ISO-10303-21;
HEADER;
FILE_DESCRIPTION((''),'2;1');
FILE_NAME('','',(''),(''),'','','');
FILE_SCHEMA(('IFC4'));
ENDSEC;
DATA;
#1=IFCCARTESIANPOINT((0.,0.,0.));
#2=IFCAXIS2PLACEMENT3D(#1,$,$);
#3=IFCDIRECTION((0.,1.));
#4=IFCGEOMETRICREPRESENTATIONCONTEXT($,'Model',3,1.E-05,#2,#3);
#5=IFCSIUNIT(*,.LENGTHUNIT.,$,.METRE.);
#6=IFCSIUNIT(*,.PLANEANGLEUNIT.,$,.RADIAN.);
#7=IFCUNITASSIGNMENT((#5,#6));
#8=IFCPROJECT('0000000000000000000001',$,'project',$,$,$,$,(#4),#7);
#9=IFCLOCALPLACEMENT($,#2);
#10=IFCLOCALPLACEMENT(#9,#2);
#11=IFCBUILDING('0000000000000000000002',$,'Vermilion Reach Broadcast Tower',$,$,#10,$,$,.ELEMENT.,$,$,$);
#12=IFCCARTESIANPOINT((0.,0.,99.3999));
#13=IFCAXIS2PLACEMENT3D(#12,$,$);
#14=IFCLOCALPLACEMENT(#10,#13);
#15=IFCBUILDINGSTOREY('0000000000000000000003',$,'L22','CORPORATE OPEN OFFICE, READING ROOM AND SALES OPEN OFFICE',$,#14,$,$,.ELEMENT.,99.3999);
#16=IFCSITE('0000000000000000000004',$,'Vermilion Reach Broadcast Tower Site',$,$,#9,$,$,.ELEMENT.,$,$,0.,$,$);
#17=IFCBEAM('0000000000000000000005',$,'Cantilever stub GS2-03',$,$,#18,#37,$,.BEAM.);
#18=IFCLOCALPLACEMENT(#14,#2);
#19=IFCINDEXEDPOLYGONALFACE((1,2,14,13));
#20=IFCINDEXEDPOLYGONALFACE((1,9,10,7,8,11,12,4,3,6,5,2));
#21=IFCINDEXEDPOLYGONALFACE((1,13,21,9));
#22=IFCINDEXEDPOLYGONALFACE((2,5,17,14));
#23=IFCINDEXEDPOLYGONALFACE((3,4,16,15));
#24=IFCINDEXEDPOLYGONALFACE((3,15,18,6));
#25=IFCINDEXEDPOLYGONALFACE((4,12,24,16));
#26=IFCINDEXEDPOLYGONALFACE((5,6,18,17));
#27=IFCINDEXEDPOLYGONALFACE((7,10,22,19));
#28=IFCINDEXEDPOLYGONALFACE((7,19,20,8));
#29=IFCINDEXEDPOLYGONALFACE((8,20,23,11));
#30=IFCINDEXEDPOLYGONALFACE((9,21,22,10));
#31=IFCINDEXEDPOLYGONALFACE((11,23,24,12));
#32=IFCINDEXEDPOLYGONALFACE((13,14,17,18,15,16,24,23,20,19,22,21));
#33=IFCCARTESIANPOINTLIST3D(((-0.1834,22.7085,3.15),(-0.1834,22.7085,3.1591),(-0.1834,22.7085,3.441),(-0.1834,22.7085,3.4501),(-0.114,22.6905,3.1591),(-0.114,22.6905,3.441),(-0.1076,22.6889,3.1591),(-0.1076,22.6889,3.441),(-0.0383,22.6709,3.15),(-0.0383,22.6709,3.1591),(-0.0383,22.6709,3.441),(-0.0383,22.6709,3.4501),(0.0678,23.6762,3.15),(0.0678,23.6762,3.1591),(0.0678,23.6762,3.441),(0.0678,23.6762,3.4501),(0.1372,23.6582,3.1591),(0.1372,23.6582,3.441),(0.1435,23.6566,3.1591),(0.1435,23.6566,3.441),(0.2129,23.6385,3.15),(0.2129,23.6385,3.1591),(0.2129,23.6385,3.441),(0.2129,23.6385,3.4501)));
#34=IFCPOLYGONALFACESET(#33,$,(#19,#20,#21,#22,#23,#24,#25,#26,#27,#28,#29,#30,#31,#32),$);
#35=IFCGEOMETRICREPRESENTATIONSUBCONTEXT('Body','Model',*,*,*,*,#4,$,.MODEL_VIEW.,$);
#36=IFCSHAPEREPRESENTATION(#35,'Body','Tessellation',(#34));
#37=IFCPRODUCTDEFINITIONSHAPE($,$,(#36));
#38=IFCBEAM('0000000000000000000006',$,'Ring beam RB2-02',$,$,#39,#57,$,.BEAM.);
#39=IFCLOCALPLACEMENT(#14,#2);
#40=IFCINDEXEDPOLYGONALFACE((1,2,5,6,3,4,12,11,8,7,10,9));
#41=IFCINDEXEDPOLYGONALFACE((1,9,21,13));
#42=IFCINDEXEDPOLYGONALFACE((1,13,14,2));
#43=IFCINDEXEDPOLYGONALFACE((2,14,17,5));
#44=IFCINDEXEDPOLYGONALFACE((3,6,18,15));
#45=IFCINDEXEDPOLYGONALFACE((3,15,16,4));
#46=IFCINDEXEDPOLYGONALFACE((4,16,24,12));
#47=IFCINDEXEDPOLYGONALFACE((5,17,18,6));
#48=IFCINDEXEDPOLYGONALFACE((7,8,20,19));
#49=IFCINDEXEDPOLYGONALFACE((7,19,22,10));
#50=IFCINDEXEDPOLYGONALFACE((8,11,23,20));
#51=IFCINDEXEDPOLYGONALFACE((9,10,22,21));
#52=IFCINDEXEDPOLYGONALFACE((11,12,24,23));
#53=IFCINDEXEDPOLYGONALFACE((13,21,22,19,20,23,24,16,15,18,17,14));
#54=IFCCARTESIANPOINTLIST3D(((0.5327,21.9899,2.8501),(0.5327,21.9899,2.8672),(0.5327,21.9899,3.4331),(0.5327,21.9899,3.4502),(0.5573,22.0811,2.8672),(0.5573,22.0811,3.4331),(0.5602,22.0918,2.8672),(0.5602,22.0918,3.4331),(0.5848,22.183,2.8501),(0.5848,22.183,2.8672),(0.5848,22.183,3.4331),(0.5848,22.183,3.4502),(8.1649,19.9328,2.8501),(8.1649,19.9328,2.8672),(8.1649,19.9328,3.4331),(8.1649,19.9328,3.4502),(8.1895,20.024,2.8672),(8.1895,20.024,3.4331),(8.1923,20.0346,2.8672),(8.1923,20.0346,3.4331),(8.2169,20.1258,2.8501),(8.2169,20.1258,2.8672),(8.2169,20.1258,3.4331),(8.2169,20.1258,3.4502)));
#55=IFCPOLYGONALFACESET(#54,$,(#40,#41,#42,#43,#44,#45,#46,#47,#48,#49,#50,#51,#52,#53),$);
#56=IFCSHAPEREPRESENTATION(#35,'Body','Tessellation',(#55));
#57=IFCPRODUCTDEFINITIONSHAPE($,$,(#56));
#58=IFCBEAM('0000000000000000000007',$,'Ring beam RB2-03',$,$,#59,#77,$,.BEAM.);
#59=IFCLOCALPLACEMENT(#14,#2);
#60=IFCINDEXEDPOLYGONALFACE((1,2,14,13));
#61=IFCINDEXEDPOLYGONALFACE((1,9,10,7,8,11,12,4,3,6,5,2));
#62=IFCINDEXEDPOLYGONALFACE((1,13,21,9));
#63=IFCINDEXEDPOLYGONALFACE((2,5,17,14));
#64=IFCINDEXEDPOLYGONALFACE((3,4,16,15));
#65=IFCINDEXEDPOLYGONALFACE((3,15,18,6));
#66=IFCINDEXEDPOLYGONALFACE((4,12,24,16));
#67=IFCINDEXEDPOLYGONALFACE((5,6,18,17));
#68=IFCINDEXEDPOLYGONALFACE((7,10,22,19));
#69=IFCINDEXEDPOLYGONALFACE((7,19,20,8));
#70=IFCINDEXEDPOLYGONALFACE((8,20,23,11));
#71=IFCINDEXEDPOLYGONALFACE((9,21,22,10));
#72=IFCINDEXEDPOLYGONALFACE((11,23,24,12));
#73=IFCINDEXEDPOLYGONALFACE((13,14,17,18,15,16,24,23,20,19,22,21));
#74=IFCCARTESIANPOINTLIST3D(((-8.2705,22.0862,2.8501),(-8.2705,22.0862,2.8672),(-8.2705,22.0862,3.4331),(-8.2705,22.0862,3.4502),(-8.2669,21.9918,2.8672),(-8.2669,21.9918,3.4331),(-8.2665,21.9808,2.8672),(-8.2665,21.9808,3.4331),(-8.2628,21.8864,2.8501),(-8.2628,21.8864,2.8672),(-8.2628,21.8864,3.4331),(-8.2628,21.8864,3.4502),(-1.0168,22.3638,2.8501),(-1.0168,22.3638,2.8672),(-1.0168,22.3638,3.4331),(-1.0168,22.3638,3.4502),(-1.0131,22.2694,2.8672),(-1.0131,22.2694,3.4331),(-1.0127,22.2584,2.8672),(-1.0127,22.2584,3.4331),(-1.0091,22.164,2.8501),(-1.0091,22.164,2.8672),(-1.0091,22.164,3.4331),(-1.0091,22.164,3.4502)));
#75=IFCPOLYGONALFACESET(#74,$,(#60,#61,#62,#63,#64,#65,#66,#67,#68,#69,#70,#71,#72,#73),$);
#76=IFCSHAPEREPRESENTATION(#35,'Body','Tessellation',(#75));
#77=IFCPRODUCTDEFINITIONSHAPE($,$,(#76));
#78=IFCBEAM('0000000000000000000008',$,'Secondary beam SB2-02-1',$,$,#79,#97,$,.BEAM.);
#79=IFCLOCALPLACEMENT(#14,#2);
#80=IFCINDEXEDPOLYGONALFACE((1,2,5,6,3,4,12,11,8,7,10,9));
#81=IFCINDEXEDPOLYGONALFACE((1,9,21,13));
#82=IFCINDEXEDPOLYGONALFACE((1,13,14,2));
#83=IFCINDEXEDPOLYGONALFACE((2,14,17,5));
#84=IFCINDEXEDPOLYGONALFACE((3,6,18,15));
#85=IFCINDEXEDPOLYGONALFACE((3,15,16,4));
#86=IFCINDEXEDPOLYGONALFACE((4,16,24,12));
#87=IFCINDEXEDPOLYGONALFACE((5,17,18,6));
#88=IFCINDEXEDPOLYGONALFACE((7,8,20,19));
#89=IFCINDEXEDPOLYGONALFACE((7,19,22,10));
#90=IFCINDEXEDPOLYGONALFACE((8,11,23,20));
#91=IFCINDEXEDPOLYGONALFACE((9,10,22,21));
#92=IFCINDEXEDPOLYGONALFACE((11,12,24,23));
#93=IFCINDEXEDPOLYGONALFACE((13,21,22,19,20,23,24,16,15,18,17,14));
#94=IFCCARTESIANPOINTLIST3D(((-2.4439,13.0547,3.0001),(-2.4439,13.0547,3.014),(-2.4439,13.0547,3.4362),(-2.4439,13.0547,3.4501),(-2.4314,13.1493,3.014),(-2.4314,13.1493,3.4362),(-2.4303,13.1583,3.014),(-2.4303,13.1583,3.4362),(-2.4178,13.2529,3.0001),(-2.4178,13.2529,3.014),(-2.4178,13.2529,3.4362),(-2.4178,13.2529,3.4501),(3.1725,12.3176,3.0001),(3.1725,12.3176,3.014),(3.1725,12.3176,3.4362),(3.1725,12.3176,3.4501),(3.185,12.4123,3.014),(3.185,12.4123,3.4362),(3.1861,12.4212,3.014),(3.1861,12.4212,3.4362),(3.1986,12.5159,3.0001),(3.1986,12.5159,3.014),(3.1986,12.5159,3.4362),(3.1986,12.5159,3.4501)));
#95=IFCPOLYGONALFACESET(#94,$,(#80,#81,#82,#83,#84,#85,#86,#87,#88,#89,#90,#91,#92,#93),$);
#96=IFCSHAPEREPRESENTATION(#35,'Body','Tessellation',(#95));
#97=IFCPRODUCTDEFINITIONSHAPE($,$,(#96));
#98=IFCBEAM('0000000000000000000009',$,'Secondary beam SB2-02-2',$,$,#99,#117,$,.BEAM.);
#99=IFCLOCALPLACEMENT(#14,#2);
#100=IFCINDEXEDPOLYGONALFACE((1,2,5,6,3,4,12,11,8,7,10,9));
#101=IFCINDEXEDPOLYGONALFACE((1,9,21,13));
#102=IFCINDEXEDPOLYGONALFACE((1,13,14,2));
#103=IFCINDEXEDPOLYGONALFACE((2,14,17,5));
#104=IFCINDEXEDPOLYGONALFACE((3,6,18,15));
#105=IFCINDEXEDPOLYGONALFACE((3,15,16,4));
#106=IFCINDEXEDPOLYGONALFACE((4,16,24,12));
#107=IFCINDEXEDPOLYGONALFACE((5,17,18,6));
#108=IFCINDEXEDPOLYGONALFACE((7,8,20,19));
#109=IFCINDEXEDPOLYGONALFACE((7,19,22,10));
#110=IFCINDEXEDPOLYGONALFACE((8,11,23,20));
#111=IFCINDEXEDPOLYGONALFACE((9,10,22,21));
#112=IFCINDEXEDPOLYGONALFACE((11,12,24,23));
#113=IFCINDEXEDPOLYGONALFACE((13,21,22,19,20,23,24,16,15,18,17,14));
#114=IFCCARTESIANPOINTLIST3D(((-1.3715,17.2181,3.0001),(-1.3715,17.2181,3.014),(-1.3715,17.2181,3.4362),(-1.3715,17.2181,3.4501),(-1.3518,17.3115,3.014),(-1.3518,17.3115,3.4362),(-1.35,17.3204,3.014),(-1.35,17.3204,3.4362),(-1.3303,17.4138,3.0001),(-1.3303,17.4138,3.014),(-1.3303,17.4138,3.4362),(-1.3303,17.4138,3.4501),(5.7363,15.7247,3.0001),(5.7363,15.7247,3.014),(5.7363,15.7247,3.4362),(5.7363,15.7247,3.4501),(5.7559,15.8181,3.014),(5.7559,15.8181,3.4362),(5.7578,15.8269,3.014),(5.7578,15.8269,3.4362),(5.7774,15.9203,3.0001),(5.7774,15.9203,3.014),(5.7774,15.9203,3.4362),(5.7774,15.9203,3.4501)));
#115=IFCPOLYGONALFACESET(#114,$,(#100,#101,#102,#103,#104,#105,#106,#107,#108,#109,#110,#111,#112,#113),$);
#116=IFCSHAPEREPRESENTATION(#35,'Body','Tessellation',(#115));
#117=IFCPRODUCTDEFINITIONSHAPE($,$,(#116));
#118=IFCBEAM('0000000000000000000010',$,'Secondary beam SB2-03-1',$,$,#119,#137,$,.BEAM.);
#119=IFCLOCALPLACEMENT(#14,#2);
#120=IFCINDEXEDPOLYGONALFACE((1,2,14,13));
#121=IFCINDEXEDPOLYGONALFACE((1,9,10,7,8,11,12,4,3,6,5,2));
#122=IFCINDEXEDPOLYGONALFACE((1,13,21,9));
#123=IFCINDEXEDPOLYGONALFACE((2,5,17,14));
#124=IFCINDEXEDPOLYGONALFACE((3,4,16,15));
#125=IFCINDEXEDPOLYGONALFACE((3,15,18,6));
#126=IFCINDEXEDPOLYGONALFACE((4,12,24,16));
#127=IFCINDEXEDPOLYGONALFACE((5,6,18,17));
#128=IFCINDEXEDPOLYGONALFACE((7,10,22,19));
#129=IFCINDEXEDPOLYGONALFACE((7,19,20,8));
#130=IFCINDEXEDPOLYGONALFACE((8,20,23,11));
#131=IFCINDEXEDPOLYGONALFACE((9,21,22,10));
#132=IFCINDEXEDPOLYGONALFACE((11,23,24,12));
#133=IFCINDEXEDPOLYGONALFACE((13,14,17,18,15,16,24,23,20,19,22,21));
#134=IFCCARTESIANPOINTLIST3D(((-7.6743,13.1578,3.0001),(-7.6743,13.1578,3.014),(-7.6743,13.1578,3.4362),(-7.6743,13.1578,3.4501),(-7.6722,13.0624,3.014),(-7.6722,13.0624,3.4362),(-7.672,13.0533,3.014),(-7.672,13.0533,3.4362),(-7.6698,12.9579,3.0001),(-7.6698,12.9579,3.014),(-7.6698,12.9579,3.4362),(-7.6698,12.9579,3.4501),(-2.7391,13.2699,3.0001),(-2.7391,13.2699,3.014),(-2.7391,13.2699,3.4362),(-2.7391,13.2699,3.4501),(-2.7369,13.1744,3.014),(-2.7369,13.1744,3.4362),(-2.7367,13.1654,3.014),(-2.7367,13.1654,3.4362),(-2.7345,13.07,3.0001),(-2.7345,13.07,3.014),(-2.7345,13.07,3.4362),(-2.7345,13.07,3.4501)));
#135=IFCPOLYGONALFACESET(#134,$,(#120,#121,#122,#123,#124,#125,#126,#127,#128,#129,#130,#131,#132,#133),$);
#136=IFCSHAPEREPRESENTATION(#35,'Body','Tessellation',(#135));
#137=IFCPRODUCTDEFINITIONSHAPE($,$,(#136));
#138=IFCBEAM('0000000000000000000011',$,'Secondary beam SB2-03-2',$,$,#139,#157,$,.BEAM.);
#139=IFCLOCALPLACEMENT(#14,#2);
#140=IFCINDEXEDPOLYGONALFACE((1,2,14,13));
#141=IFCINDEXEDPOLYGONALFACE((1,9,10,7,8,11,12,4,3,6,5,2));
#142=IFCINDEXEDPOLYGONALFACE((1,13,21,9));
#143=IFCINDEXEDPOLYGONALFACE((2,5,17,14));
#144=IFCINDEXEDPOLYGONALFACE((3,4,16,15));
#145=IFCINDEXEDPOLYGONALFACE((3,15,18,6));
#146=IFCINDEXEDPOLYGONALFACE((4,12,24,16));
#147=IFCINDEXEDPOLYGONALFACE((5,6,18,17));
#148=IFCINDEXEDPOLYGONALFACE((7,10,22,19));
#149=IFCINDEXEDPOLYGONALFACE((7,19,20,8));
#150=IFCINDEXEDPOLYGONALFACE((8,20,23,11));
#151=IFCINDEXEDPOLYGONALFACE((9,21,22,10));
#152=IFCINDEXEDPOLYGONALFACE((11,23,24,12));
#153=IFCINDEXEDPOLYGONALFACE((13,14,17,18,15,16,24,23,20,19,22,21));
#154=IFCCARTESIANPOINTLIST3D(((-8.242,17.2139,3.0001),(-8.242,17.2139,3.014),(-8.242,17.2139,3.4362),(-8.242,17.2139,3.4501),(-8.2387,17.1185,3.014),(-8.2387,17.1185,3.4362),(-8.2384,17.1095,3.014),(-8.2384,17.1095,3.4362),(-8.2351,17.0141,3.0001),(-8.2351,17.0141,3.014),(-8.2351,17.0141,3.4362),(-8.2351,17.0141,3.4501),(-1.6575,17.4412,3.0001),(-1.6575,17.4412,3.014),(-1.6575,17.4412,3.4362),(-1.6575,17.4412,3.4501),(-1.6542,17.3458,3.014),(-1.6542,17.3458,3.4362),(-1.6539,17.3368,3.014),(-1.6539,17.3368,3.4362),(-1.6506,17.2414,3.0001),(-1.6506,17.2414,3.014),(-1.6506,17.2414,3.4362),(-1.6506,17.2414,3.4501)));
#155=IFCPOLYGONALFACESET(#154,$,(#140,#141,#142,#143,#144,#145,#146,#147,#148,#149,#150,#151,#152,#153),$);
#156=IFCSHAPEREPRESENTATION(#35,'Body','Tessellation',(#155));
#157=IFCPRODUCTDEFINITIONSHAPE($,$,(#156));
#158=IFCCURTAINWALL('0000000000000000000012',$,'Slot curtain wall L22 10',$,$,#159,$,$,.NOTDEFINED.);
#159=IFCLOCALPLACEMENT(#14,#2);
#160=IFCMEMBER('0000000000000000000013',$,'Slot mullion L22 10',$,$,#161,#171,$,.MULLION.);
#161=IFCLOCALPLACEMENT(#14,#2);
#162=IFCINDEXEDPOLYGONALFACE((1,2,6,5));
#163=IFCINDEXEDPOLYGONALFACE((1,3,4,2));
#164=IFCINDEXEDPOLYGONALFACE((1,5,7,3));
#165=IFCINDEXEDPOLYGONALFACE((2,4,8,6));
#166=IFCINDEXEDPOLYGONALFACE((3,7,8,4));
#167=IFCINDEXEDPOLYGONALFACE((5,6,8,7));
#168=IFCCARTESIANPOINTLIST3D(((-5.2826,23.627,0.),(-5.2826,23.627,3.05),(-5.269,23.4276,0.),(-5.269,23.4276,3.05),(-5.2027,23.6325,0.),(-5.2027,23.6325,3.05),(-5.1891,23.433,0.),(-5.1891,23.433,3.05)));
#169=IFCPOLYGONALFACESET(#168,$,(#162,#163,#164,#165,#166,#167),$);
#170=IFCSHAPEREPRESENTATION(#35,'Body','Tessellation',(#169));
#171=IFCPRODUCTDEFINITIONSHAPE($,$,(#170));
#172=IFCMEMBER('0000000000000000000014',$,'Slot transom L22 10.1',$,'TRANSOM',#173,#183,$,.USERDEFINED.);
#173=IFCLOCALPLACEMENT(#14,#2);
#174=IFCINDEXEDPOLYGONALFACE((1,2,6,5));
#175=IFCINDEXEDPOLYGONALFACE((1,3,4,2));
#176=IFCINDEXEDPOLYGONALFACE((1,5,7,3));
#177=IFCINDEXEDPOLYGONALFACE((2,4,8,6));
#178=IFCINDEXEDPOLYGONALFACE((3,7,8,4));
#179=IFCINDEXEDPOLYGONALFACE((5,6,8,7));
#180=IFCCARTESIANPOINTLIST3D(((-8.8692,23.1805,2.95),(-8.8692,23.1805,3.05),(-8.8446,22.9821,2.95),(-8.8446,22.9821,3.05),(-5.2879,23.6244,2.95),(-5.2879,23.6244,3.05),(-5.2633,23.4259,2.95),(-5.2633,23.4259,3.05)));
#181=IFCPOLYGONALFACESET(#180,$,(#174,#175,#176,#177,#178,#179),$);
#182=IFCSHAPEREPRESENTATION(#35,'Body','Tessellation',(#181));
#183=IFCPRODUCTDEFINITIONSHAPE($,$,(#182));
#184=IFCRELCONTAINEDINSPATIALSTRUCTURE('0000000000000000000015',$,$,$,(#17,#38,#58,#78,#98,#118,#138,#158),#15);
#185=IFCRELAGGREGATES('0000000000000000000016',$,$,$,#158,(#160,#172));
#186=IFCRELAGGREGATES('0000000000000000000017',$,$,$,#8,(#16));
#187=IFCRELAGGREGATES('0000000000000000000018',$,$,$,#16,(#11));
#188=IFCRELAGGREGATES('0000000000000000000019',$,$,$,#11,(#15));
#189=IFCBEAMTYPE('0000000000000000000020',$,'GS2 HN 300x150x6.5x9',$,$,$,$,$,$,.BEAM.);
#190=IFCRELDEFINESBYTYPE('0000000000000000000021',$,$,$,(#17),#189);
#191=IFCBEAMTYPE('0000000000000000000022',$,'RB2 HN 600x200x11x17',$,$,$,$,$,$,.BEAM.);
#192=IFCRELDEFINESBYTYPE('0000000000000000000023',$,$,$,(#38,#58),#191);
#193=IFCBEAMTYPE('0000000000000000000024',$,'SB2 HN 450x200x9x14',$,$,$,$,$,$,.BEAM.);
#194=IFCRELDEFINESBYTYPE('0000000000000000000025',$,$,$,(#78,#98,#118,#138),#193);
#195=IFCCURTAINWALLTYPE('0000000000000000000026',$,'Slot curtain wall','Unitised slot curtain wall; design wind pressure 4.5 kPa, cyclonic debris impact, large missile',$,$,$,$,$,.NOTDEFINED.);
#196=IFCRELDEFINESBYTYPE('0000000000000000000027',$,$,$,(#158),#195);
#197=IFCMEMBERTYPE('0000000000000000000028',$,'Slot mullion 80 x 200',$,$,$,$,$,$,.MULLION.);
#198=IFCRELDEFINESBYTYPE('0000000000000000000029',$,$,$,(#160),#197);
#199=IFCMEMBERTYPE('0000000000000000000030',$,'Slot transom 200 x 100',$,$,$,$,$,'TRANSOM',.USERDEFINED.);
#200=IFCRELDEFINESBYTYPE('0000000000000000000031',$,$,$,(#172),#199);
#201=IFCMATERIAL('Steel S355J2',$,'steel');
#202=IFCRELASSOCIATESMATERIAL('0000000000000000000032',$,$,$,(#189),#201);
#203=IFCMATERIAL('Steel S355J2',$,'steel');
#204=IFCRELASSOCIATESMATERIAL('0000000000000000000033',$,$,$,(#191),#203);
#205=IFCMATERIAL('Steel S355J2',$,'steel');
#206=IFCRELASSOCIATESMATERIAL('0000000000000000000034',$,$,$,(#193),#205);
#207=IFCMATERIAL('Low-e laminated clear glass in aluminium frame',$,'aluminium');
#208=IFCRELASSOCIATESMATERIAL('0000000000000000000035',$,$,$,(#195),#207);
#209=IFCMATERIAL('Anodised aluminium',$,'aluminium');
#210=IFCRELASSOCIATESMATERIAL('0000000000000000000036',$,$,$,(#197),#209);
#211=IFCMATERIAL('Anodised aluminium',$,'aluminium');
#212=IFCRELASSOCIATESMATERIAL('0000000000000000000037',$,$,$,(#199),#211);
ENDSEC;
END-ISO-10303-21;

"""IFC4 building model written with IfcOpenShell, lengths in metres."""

from ifc_helpers import new_model, si_unit, direction, frame, origin, origin_2d, place, context, subcontext, project, spatial, rectangle, i_section, extrude, material, material_profile, profile_set, type_object, element, aggregate, save


model = new_model("IFC4")

# Units and contexts
model_context = context("Model", 3, precision=1e-05, world=origin(), true_north=direction((0.0, 1.0)))
body_context = subcontext(model_context, "Body", "Model", "MODEL_VIEW")
ifc_project = project(units=[si_unit("LENGTHUNIT", "METRE"), si_unit("PLANEANGLEUNIT", "RADIAN")], contexts=[model_context])

# Site, building, storey
site_placement = place(None, origin())
site = spatial("IfcSite", under=ifc_project, at=site_placement, Name="Vermilion Reach Broadcast Tower Site", CompositionType="ELEMENT", RefElevation=0.0)
building_placement = place(site_placement, origin())
building = spatial("IfcBuilding", under=site, at=building_placement, Name="Vermilion Reach Broadcast Tower", CompositionType="ELEMENT")
storey_placement = place(building_placement, frame((0.0, 0.0, 99.3999)))
storey = spatial("IfcBuildingStorey", under=building, at=storey_placement, Name="L22", Description="CORPORATE OPEN OFFICE, READING ROOM AND SALES OPEN OFFICE", CompositionType="ELEMENT", Elevation=99.3999)

# Beams
ifc_material_1 = material(Name="Steel S355J2", Category="steel")
ifc_material_profile_1 = material_profile(ifc_material_1, i_section(OverallWidth=0.1499, OverallDepth=0.3, WebThickness=0.0066, FlangeThickness=0.009, at=origin_2d()), Name="S355J2 HN 300x150x6.5x9")
ifc_profile_set_1 = profile_set([ifc_material_profile_1], Name="Steel S355J2")
beam_type_1 = type_object("IfcBeamType", Name="GS2 HN 300x150x6.5x9", PredefinedType="BEAM", material=ifc_profile_set_1)
beam_1_placement = place(storey_placement, frame((-0.1108, 22.6897, 3.3), z_axis=(0.251259, 0.96792, 0.0), x_axis=(-0.96792, 0.251259, 0.0)))
element("IfcBeam", 1, at=beam_1_placement, inside=storey, type_object=beam_type_1, Name="Cantilever stub GS2-03", PredefinedType="BEAM", context=body_context, shape_type="SweptSolid", body=[
    extrude(i_section(OverallWidth=0.1499, OverallDepth=0.3, WebThickness=0.0066, FlangeThickness=0.009, at=origin_2d()), origin(), (0.0, 0.0, 1.0), 0.9998),
])
ifc_material_2 = material(Name="Steel S355J2", Category="steel")
ifc_material_profile_2 = material_profile(ifc_material_2, i_section(OverallWidth=0.2, OverallDepth=0.6001, WebThickness=0.011, FlangeThickness=0.0171, at=origin_2d()), Name="S355J2 HN 600x200x11x17")
ifc_profile_set_2 = profile_set([ifc_material_profile_2], Name="Steel S355J2")
beam_type_2 = type_object("IfcBeamType", Name="RB2 HN 600x200x11x17", PredefinedType="BEAM", material=ifc_profile_set_2)
beam_2_placement = place(storey_placement, frame((8.1909, 20.0293, 3.1501), z_axis=(-0.965541, 0.260249, 0.0), x_axis=(-0.260249, -0.965541, 0.0)))
element("IfcBeam", 2, at=beam_2_placement, inside=storey, type_object=beam_type_2, Name="Ring beam RB2-02", PredefinedType="BEAM", context=body_context, shape_type="SweptSolid", body=[
    extrude(i_section(OverallWidth=0.2, OverallDepth=0.6001, WebThickness=0.011, FlangeThickness=0.0171, at=origin_2d()), origin(), (0.0, 0.0, 1.0), 7.9045),
])
beam_3_placement = place(storey_placement, frame((-1.0129, 22.2639, 3.1501), z_axis=(-0.999269, -0.038241, 0.0), x_axis=(0.038241, -0.999269, 0.0)))
element("IfcBeam", 3, at=beam_3_placement, inside=storey, type_object=beam_type_2, Name="Ring beam RB2-03", PredefinedType="BEAM", context=body_context, shape_type="SweptSolid", body=[
    extrude(i_section(OverallWidth=0.2, OverallDepth=0.6001, WebThickness=0.011, FlangeThickness=0.0171, at=origin_2d()), origin(), (0.0, 0.0, 1.0), 7.259),
])
ifc_material_3 = material(Name="Steel S355J2", Category="steel")
ifc_material_profile_3 = material_profile(ifc_material_3, i_section(OverallWidth=0.2, OverallDepth=0.45, WebThickness=0.009, FlangeThickness=0.0139, at=origin_2d()), Name="S355J2 HN 450x200x9x14")
ifc_profile_set_3 = profile_set([ifc_material_profile_3], Name="Steel S355J2")
beam_type_3 = type_object("IfcBeamType", Name="SB2 HN 450x200x9x14", PredefinedType="BEAM", material=ifc_profile_set_3)
beam_4_placement = place(storey_placement, frame((3.1855, 12.4167, 3.2251), z_axis=(-0.991499, 0.130117, 0.0), x_axis=(-0.130117, -0.991499, 0.0)))
element("IfcBeam", 4, at=beam_4_placement, inside=storey, type_object=beam_type_3, Name="Secondary beam SB2-02-1", PredefinedType="BEAM", context=body_context, shape_type="SweptSolid", body=[
    extrude(i_section(OverallWidth=0.2, OverallDepth=0.45, WebThickness=0.009, FlangeThickness=0.0139, at=origin_2d()), origin(), (0.0, 0.0, 1.0), 5.6646),
])
beam_5_placement = place(storey_placement, frame((5.7568, 15.8225, 3.2251), z_axis=(-0.978631, 0.205623, 0.0), x_axis=(-0.205623, -0.978631, 0.0)))
element("IfcBeam", 5, at=beam_5_placement, inside=storey, type_object=beam_type_3, Name="Secondary beam SB2-02-2", PredefinedType="BEAM", context=body_context, shape_type="SweptSolid", body=[
    extrude(i_section(OverallWidth=0.2, OverallDepth=0.45, WebThickness=0.009, FlangeThickness=0.0139, at=origin_2d()), origin(), (0.0, 0.0, 1.0), 7.2629),
])
beam_6_placement = place(storey_placement, frame((-2.7368, 13.1699, 3.2251), z_axis=(-0.999742, -0.0227, 0.0), x_axis=(0.0227, -0.999742, 0.0)))
element("IfcBeam", 6, at=beam_6_placement, inside=storey, type_object=beam_type_3, Name="Secondary beam SB2-03-1", PredefinedType="BEAM", context=body_context, shape_type="SweptSolid", body=[
    extrude(i_section(OverallWidth=0.2, OverallDepth=0.45, WebThickness=0.009, FlangeThickness=0.0139, at=origin_2d()), origin(), (0.0, 0.0, 1.0), 4.9365),
])
beam_7_placement = place(storey_placement, frame((-1.6541, 17.3413, 3.2251), z_axis=(-0.999405, -0.034499, 0.0), x_axis=(0.034499, -0.999405, 0.0)))
element("IfcBeam", 7, at=beam_7_placement, inside=storey, type_object=beam_type_3, Name="Secondary beam SB2-03-2", PredefinedType="BEAM", context=body_context, shape_type="SweptSolid", body=[
    extrude(i_section(OverallWidth=0.2, OverallDepth=0.45, WebThickness=0.009, FlangeThickness=0.0139, at=origin_2d()), origin(), (0.0, 0.0, 1.0), 6.5884),
])

# Curtain wall, members
ifc_material_4 = material(Name="Low-e laminated clear glass in aluminium frame", Category="aluminium")
curtain_wall_type = type_object("IfcCurtainWallType", Name="Slot curtain wall", Description="Unitised slot curtain wall; design wind pressure 4.5 kPa, cyclonic debris impact, large missile", PredefinedType="NOTDEFINED", material=ifc_material_4)
curtain_wall_placement = place(storey_placement, origin())
curtain_wall = element("IfcCurtainWall", 8, at=curtain_wall_placement, inside=storey, type_object=curtain_wall_type, Name="Slot curtain wall L22 10", PredefinedType="NOTDEFINED")
ifc_material_5 = material(Name="Anodised aluminium", Category="aluminium")
ifc_material_profile_4 = material_profile(ifc_material_5, rectangle(XDim=0.2, YDim=0.0801, at=origin_2d()), Name="Slot mullion 80 x 200")
ifc_profile_set_4 = profile_set([ifc_material_profile_4], Name="Anodised aluminium")
member_type_1 = type_object("IfcMemberType", Name="Slot mullion 80 x 200", PredefinedType="MULLION", material=ifc_profile_set_4)
member_1_placement = place(storey_placement, frame((-5.2358, 23.53, 0.0), z_axis=(0.0, 0.0, 1.0), x_axis=(0.068346, -0.997662, 0.0)))
member_1 = element("IfcMember", 9, at=member_1_placement, type_object=member_type_1, Name="Slot mullion L22 10", PredefinedType="MULLION", context=body_context, shape_type="SweptSolid", body=[
    extrude(rectangle(XDim=0.2, YDim=0.0801, at=origin_2d()), origin(), (0.0, 0.0, 1.0), 3.05),
])
ifc_material_6 = material(Name="Anodised aluminium", Category="aluminium")
ifc_material_profile_5 = material_profile(ifc_material_6, rectangle(XDim=0.2, YDim=0.1001, at=origin_2d()), Name="Slot transom 200 x 100")
ifc_profile_set_5 = profile_set([ifc_material_profile_5], Name="Anodised aluminium")
member_type_2 = type_object("IfcMemberType", Name="Slot transom 200 x 100", ElementType="TRANSOM", PredefinedType="USERDEFINED", material=ifc_profile_set_5)
member_2_placement = place(storey_placement, frame((-5.2756, 23.5251, 3.0), z_axis=(-0.992407, -0.122994, 0.0), x_axis=(0.122994, -0.992407, 0.0)))
member_2 = element("IfcMember", 10, at=member_2_placement, type_object=member_type_2, Name="Slot transom L22 10.1", ObjectType="TRANSOM", PredefinedType="USERDEFINED", context=body_context, shape_type="SweptSolid", body=[
    extrude(rectangle(XDim=0.2, YDim=0.1001, at=origin_2d()), origin(), (0.0, 0.0, 1.0), 3.6086),
])
aggregate(curtain_wall, [member_1, member_2])

save(model, "model.ifc")
